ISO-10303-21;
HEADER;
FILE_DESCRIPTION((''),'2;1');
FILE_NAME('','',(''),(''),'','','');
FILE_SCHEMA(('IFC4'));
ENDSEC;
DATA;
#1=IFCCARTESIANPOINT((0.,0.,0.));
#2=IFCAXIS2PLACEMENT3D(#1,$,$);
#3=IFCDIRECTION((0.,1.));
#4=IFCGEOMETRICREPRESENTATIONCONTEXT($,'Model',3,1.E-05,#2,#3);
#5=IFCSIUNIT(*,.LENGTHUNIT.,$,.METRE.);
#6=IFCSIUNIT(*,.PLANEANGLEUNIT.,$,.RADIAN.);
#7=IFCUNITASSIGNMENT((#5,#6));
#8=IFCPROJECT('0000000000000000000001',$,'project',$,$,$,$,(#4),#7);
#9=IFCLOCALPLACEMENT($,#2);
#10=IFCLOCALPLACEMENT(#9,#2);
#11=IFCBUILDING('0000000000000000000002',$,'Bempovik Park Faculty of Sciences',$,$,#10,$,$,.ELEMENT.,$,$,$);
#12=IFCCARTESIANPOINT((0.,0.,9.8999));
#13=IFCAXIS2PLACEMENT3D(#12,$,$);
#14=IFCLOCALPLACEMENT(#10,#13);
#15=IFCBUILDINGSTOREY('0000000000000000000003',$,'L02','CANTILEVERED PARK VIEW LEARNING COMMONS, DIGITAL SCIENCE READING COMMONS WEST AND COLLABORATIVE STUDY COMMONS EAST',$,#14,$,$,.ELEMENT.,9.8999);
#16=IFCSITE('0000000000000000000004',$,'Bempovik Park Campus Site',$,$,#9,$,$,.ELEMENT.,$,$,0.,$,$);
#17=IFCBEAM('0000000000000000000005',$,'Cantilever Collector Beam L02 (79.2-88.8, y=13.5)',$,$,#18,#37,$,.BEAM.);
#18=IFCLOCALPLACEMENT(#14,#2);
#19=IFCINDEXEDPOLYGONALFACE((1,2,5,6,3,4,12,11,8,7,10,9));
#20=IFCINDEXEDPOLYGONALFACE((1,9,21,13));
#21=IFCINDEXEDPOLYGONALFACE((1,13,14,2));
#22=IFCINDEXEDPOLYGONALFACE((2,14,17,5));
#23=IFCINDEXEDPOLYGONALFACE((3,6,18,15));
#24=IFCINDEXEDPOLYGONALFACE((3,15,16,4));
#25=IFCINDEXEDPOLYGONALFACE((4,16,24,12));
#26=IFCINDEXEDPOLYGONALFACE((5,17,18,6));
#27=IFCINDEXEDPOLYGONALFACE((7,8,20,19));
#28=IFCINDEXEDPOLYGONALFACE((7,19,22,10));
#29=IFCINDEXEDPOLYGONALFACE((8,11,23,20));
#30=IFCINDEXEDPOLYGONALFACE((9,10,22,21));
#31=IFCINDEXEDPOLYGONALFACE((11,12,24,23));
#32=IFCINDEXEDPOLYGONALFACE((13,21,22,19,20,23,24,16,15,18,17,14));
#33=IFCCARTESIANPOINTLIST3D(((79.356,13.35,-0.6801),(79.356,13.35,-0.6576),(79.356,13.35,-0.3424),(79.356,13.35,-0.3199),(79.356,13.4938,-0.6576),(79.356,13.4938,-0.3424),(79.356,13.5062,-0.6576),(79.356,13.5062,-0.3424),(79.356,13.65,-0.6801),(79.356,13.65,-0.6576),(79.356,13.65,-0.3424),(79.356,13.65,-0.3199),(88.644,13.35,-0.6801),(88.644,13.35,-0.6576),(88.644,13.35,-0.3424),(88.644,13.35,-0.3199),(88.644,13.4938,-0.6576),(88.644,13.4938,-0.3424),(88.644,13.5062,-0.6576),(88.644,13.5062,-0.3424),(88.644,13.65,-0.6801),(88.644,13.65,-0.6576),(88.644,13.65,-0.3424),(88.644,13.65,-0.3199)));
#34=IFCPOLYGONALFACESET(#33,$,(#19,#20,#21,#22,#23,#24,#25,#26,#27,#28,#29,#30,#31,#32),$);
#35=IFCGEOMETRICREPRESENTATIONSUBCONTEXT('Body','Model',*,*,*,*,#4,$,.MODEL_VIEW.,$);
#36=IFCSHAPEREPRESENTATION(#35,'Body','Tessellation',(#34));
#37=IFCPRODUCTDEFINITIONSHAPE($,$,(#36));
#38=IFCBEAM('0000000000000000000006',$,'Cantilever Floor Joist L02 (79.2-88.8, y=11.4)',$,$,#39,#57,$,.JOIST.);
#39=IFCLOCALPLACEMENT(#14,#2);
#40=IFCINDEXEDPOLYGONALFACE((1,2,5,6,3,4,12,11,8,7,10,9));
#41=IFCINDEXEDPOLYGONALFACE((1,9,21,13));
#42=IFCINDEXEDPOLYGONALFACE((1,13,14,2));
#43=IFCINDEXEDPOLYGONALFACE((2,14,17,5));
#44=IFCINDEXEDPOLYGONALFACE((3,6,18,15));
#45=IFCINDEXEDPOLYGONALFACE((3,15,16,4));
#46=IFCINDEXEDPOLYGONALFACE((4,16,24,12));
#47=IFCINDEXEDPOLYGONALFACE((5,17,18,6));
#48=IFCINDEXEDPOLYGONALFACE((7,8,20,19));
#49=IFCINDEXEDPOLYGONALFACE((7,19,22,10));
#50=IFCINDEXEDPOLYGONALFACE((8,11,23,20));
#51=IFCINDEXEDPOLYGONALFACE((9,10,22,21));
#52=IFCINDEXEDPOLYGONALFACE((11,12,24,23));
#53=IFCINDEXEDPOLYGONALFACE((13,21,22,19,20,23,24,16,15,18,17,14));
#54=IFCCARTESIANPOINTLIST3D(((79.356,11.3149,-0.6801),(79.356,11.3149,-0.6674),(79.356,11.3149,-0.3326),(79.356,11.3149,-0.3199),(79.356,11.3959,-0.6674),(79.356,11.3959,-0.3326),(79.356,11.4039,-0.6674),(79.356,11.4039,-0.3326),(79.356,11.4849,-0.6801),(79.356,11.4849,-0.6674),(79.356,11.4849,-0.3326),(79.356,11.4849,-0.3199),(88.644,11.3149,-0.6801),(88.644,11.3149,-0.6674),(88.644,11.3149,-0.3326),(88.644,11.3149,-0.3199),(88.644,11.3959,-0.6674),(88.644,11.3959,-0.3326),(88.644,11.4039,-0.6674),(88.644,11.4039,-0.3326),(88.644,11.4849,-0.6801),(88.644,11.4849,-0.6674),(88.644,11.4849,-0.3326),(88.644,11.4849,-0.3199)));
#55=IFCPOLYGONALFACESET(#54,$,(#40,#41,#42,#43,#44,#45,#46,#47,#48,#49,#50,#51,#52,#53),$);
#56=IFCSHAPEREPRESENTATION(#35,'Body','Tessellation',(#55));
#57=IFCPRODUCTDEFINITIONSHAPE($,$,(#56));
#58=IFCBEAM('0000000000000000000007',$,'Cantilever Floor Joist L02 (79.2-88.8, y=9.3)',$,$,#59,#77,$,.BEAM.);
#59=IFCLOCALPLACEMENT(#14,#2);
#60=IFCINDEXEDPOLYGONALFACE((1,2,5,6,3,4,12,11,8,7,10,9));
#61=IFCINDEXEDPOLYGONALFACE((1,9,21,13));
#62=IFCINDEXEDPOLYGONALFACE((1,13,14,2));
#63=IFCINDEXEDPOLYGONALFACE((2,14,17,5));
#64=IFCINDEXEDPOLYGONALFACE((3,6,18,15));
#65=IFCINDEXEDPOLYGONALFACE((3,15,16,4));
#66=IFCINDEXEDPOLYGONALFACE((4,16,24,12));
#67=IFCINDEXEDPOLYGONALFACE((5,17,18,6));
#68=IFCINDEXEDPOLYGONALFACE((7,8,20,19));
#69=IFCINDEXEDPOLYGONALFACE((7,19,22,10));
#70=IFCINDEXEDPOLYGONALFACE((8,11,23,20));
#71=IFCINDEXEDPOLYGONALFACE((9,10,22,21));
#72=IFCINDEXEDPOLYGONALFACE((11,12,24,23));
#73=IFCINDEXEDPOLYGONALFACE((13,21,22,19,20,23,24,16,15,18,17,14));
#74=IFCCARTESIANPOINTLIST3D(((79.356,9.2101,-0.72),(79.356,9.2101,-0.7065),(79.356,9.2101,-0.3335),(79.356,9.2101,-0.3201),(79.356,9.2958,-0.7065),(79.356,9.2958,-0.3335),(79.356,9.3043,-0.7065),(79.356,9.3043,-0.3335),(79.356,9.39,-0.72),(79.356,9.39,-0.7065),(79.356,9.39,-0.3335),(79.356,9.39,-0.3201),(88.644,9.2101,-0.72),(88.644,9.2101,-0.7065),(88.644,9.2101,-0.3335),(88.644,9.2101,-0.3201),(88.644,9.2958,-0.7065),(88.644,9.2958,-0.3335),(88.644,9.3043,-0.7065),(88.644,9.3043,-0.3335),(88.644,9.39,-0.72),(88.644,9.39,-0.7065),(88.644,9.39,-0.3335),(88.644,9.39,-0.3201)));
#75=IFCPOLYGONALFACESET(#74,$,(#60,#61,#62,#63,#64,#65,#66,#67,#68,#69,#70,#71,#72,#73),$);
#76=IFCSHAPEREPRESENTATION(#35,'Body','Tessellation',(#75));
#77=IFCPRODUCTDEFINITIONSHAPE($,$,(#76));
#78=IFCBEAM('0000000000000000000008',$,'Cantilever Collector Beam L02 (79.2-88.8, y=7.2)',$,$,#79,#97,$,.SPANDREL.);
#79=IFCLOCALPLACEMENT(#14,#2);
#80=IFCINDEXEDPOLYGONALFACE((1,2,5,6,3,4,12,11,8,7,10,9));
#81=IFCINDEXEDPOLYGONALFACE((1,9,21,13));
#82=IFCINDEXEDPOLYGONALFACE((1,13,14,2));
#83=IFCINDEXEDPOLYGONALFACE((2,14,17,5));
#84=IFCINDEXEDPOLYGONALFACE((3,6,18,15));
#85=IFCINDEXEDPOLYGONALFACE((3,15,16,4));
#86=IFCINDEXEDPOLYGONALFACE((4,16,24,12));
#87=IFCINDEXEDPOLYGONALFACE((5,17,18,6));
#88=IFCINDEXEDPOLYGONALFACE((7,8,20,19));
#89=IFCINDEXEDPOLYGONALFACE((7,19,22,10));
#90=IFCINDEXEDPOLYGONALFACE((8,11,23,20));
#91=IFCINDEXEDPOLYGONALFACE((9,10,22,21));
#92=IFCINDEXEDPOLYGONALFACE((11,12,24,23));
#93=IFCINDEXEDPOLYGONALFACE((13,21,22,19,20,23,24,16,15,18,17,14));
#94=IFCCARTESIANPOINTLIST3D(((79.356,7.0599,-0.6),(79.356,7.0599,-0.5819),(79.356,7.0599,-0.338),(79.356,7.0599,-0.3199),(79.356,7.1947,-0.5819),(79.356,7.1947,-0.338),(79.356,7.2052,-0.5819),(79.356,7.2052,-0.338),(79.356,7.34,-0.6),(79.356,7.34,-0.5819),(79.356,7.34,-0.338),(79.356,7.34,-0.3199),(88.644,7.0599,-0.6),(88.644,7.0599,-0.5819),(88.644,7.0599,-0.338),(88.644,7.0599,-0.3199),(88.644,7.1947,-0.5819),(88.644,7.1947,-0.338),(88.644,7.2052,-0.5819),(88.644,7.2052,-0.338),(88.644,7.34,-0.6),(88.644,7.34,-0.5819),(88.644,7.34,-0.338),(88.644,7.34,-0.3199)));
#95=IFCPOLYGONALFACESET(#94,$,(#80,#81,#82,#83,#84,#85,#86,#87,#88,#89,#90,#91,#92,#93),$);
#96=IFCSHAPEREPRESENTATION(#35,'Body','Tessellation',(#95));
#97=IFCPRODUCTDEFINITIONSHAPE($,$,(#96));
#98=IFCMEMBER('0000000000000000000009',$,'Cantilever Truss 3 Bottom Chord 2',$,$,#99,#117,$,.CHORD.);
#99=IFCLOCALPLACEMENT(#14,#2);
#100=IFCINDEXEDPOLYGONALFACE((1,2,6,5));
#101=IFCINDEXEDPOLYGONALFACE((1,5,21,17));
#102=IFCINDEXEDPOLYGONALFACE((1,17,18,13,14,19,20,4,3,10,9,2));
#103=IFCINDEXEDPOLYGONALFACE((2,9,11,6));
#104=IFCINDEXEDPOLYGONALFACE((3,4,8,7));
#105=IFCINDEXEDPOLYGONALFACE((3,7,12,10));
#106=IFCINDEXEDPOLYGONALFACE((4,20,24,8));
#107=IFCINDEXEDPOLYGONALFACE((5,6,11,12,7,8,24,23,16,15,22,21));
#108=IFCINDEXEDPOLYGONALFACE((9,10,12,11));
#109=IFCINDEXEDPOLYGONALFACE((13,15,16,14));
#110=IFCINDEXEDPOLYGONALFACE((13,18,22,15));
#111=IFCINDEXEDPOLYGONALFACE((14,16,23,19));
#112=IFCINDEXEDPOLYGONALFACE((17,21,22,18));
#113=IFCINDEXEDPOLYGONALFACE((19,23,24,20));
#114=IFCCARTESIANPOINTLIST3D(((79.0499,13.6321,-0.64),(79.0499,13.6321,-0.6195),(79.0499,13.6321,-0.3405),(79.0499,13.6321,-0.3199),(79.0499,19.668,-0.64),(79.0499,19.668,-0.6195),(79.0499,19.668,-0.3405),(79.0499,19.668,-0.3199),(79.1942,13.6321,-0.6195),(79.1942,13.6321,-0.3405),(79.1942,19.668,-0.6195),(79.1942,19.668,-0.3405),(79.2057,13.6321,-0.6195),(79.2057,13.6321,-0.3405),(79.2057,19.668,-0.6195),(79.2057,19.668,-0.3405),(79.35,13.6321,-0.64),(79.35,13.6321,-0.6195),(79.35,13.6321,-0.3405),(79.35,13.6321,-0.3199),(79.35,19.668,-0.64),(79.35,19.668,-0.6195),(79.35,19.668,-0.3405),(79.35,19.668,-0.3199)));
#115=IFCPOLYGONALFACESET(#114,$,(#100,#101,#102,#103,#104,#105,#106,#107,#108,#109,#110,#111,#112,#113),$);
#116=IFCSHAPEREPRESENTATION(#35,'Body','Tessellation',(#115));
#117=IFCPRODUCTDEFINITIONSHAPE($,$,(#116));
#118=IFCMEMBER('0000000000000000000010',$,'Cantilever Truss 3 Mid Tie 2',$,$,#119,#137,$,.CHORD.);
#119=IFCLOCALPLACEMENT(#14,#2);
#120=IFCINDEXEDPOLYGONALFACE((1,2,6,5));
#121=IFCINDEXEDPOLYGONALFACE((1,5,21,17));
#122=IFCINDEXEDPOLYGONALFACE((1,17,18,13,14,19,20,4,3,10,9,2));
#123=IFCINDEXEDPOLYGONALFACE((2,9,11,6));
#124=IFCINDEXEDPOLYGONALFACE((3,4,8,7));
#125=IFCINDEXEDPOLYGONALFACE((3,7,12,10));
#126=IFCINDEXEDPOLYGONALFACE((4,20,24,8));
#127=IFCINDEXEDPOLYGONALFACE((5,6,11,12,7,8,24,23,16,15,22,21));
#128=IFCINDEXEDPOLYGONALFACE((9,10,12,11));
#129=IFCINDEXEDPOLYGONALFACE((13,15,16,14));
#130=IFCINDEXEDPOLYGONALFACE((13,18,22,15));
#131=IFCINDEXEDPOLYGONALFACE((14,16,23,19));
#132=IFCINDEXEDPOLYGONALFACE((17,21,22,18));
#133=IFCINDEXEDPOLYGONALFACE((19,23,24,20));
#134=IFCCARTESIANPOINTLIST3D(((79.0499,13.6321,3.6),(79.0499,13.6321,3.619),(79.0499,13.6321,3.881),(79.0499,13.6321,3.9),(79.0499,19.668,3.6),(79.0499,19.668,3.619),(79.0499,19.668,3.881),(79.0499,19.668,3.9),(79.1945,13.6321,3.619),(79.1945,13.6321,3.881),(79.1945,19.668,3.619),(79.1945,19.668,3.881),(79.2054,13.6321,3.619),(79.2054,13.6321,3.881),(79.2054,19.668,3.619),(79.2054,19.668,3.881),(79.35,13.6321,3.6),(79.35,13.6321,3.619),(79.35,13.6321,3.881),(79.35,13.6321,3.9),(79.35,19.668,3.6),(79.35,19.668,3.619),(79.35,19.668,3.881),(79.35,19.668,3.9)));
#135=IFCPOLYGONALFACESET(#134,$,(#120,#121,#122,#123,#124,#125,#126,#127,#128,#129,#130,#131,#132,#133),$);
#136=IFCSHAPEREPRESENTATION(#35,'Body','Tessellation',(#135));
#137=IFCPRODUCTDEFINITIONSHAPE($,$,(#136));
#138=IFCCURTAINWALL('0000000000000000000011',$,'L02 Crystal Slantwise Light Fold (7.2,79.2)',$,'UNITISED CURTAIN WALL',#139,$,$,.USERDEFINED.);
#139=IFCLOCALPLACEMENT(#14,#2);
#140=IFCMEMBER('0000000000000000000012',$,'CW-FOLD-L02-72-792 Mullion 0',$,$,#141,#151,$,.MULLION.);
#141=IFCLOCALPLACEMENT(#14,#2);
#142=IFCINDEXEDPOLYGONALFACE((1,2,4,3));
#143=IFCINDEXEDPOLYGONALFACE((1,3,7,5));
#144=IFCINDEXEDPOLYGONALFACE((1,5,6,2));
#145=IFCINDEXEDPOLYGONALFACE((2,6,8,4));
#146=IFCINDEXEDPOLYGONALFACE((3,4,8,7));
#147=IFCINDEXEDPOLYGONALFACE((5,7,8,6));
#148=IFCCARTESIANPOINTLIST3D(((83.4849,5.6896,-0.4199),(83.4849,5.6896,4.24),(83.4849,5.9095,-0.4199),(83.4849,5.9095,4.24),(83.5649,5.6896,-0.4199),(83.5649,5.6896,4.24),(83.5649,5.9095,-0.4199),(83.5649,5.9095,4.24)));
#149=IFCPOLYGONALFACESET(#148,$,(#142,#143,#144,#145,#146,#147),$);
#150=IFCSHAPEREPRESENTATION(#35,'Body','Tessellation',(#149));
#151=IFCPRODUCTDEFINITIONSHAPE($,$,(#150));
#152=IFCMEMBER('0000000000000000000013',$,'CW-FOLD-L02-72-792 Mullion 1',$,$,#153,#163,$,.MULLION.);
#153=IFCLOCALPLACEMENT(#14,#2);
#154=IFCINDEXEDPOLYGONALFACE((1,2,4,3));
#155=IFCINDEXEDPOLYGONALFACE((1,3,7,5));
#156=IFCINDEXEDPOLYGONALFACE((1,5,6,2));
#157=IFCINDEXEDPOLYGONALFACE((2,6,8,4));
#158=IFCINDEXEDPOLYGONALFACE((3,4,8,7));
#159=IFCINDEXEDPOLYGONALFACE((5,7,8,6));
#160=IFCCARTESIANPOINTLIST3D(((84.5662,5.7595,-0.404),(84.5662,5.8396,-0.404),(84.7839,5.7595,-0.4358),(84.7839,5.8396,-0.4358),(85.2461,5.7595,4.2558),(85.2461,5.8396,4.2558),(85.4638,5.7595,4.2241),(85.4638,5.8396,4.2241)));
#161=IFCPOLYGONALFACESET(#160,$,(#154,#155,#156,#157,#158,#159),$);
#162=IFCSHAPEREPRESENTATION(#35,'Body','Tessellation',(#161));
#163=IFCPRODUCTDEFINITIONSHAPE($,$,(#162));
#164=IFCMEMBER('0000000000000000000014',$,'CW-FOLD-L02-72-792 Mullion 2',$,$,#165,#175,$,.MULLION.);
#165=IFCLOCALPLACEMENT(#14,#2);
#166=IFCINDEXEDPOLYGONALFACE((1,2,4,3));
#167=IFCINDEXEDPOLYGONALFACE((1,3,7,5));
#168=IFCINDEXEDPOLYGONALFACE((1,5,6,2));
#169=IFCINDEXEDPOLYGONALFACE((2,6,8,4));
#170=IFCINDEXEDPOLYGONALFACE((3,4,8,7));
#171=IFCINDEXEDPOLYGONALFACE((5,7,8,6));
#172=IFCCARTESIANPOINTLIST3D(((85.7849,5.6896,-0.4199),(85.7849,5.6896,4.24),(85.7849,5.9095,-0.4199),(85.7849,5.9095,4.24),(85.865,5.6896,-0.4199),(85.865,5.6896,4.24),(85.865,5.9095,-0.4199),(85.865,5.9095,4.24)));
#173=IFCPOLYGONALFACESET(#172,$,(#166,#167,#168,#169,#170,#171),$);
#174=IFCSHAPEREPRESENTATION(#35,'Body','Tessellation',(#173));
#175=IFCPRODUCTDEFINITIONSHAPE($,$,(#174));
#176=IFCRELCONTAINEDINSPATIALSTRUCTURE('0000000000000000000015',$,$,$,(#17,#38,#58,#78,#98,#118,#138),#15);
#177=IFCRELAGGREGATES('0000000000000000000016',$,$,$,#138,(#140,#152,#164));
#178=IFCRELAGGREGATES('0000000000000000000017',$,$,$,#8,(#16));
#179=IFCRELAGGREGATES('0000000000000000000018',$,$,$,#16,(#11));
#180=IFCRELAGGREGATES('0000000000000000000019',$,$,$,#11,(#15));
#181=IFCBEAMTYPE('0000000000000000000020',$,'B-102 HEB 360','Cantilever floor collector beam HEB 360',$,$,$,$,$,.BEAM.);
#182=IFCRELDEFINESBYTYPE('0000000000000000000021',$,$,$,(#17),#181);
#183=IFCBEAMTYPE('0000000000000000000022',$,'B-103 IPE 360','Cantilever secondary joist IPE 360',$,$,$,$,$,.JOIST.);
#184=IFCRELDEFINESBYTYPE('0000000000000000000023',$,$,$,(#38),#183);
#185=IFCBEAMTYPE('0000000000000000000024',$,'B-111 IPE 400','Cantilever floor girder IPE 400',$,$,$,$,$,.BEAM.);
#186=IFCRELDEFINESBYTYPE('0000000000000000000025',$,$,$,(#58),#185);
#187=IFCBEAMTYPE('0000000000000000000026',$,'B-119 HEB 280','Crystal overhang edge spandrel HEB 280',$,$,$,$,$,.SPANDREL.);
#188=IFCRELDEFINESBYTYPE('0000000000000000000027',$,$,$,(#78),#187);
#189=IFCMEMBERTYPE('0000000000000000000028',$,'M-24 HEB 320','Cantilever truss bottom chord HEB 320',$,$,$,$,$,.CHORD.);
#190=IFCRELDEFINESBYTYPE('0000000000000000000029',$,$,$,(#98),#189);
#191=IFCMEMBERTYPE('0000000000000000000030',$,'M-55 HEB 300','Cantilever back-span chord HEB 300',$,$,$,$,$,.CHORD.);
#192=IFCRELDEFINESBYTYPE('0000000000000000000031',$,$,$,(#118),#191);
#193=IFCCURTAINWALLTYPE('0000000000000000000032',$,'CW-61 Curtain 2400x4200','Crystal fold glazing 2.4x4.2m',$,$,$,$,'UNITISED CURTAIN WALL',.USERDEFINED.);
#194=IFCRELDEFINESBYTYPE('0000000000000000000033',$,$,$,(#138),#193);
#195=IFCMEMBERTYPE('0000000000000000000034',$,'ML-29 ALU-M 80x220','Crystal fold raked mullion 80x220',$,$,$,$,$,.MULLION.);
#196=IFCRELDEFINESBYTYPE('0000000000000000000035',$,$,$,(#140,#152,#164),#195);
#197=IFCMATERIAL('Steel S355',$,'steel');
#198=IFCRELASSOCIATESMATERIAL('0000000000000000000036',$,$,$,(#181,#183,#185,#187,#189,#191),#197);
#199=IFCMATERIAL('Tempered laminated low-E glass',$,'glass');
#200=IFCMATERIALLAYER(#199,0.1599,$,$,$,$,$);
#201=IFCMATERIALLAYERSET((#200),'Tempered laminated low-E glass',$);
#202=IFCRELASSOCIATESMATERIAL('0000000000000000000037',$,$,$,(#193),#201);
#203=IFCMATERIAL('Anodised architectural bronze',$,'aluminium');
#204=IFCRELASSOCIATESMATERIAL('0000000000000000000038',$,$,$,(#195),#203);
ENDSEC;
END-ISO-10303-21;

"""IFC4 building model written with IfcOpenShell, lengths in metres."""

from ifc_helpers import new_model, si_unit, direction, frame, origin, origin_2d, place, context, subcontext, project, spatial, rectangle, i_section, extrude, material, layer, layer_set, material_profile, profile_set, type_object, element, aggregate, save


model = new_model("IFC4")

# Units and contexts
model_context = context("Model", 3, precision=1e-05, world=origin(), true_north=direction((0.0, 1.0)))
body_context = subcontext(model_context, "Body", "Model", "MODEL_VIEW")
ifc_project = project(units=[si_unit("LENGTHUNIT", "METRE"), si_unit("PLANEANGLEUNIT", "RADIAN")], contexts=[model_context])

# Site, building, storey
site_placement = place(None, origin())
site = spatial("IfcSite", under=ifc_project, at=site_placement, Name="Bempovik Park Campus Site", CompositionType="ELEMENT", RefElevation=0.0)
building_placement = place(site_placement, origin())
building = spatial("IfcBuilding", under=site, at=building_placement, Name="Bempovik Park Faculty of Sciences", CompositionType="ELEMENT")
storey_placement = place(building_placement, frame((0.0, 0.0, 9.8999)))
storey = spatial("IfcBuildingStorey", under=building, at=storey_placement, Name="L02", Description="CANTILEVERED PARK VIEW LEARNING COMMONS, DIGITAL SCIENCE READING COMMONS WEST AND COLLABORATIVE STUDY COMMONS EAST", CompositionType="ELEMENT", Elevation=9.8999)

# Beams
ifc_material_1 = material(Name="Steel S355", Category="steel")
ifc_material_profile_1 = material_profile(ifc_material_1, i_section(OverallWidth=0.3, OverallDepth=0.3601, WebThickness=0.0125, FlangeThickness=0.0225, at=origin_2d()), Name="HEB 360")
ifc_profile_set_1 = profile_set([ifc_material_profile_1], Name="Steel S355")
beam_type_1 = type_object("IfcBeamType", Name="B-102 HEB 360", Description="Cantilever floor collector beam HEB 360", PredefinedType="BEAM", material=ifc_profile_set_1)
beam_1_placement = place(storey_placement, frame((79.356, 13.5, -0.5), z_axis=(1.0, 0.0, 0.0), x_axis=(0.0, 1.0, 0.0)))
element("IfcBeam", 1, at=beam_1_placement, inside=storey, type_object=beam_type_1, Name="Cantilever Collector Beam L02 (79.2-88.8, y=13.5)", PredefinedType="BEAM", context=body_context, shape_type="SweptSolid", body=[
    extrude(i_section(OverallWidth=0.3, OverallDepth=0.3601, WebThickness=0.0125, FlangeThickness=0.0225, at=origin_2d()), origin(), (0.0, 0.0, 1.0), 9.2881),
])
ifc_material_profile_2 = material_profile(ifc_material_1, i_section(OverallWidth=0.1699, OverallDepth=0.3601, WebThickness=0.0081, FlangeThickness=0.0127, at=origin_2d()), Name="IPE 360")
ifc_profile_set_2 = profile_set([ifc_material_profile_2], Name="Steel S355")
beam_type_2 = type_object("IfcBeamType", Name="B-103 IPE 360", Description="Cantilever secondary joist IPE 360", PredefinedType="JOIST", material=ifc_profile_set_2)
beam_2_placement = place(storey_placement, frame((79.356, 11.3999, -0.5), z_axis=(1.0, 0.0, 0.0), x_axis=(0.0, 1.0, 0.0)))
element("IfcBeam", 2, at=beam_2_placement, inside=storey, type_object=beam_type_2, Name="Cantilever Floor Joist L02 (79.2-88.8, y=11.4)", PredefinedType="JOIST", context=body_context, shape_type="SweptSolid", body=[
    extrude(i_section(OverallWidth=0.1699, OverallDepth=0.3601, WebThickness=0.0081, FlangeThickness=0.0127, at=origin_2d()), origin(), (0.0, 0.0, 1.0), 9.2881),
])
ifc_material_profile_3 = material_profile(ifc_material_1, i_section(OverallWidth=0.1799, OverallDepth=0.3999, WebThickness=0.0085, FlangeThickness=0.0134, at=origin_2d()), Name="IPE 400")
ifc_profile_set_3 = profile_set([ifc_material_profile_3], Name="Steel S355")
beam_type_3 = type_object("IfcBeamType", Name="B-111 IPE 400", Description="Cantilever floor girder IPE 400", PredefinedType="BEAM", material=ifc_profile_set_3)
beam_3_placement = place(storey_placement, frame((79.356, 9.3, -0.52), z_axis=(1.0, 0.0, 0.0), x_axis=(0.0, 1.0, 0.0)))
element("IfcBeam", 3, at=beam_3_placement, inside=storey, type_object=beam_type_3, Name="Cantilever Floor Joist L02 (79.2-88.8, y=9.3)", PredefinedType="BEAM", context=body_context, shape_type="SweptSolid", body=[
    extrude(i_section(OverallWidth=0.1799, OverallDepth=0.3999, WebThickness=0.0085, FlangeThickness=0.0134, at=origin_2d()), origin(), (0.0, 0.0, 1.0), 9.2881),
])
ifc_material_profile_4 = material_profile(ifc_material_1, i_section(OverallWidth=0.28, OverallDepth=0.28, WebThickness=0.0105, FlangeThickness=0.0181, at=origin_2d()), Name="HEB 280")
ifc_profile_set_4 = profile_set([ifc_material_profile_4], Name="Steel S355")
beam_type_4 = type_object("IfcBeamType", Name="B-119 HEB 280", Description="Crystal overhang edge spandrel HEB 280", PredefinedType="SPANDREL", material=ifc_profile_set_4)
beam_4_placement = place(storey_placement, frame((79.356, 7.2, -0.46), z_axis=(1.0, 0.0, 0.0), x_axis=(0.0, 1.0, 0.0)))
element("IfcBeam", 4, at=beam_4_placement, inside=storey, type_object=beam_type_4, Name="Cantilever Collector Beam L02 (79.2-88.8, y=7.2)", PredefinedType="SPANDREL", context=body_context, shape_type="SweptSolid", body=[
    extrude(i_section(OverallWidth=0.28, OverallDepth=0.28, WebThickness=0.0105, FlangeThickness=0.0181, at=origin_2d()), origin(), (0.0, 0.0, 1.0), 9.2881),
])

# Members
ifc_material_profile_5 = material_profile(ifc_material_1, i_section(OverallWidth=0.3, OverallDepth=0.3201, WebThickness=0.0115, FlangeThickness=0.0205, at=origin_2d()), Name="HEB 320")
ifc_profile_set_5 = profile_set([ifc_material_profile_5], Name="Steel S355")
member_type_1 = type_object("IfcMemberType", Name="M-24 HEB 320", Description="Cantilever truss bottom chord HEB 320", PredefinedType="CHORD", material=ifc_profile_set_5)
member_1_placement = place(storey_placement, frame((79.2, 13.6321, -0.48), z_axis=(0.0, 1.0, 0.0), x_axis=(-1.0, 0.0, 0.0)))
element("IfcMember", 5, at=member_1_placement, inside=storey, type_object=member_type_1, Name="Cantilever Truss 3 Bottom Chord 2", PredefinedType="CHORD", context=body_context, shape_type="SweptSolid", body=[
    extrude(i_section(OverallWidth=0.3, OverallDepth=0.3201, WebThickness=0.0115, FlangeThickness=0.0205, at=origin_2d()), origin(), (0.0, 0.0, 1.0), 6.0359),
])
ifc_material_profile_6 = material_profile(ifc_material_1, i_section(OverallWidth=0.3, OverallDepth=0.3, WebThickness=0.011, FlangeThickness=0.019, at=origin_2d()), Name="HEB 300")
ifc_profile_set_6 = profile_set([ifc_material_profile_6], Name="Steel S355")
member_type_2 = type_object("IfcMemberType", Name="M-55 HEB 300", Description="Cantilever back-span chord HEB 300", PredefinedType="CHORD", material=ifc_profile_set_6)
member_2_placement = place(storey_placement, frame((79.2, 13.6321, 3.75), z_axis=(0.0, 1.0, 0.0), x_axis=(-1.0, 0.0, 0.0)))
element("IfcMember", 6, at=member_2_placement, inside=storey, type_object=member_type_2, Name="Cantilever Truss 3 Mid Tie 2", PredefinedType="CHORD", context=body_context, shape_type="SweptSolid", body=[
    extrude(i_section(OverallWidth=0.3, OverallDepth=0.3, WebThickness=0.011, FlangeThickness=0.019, at=origin_2d()), origin(), (0.0, 0.0, 1.0), 6.0359),
])

# Curtain wall, members
ifc_material_2 = material(Name="Tempered laminated low-E glass", Category="glass")
ifc_layer_1 = layer(ifc_material_2, 0.1599)
ifc_layer_set_1 = layer_set([ifc_layer_1], Name="Tempered laminated low-E glass")
curtain_wall_type = type_object("IfcCurtainWallType", Name="CW-61 Curtain 2400x4200", Description="Crystal fold glazing 2.4x4.2m", ElementType="UNITISED CURTAIN WALL", PredefinedType="USERDEFINED", material=ifc_layer_set_1)
curtain_wall_placement = place(storey_placement, origin())
curtain_wall = element("IfcCurtainWall", 7, at=curtain_wall_placement, inside=storey, type_object=curtain_wall_type, Name="L02 Crystal Slantwise Light Fold (7.2,79.2)", ObjectType="UNITISED CURTAIN WALL", PredefinedType="USERDEFINED")
ifc_material_3 = material(Name="Anodised architectural bronze", Category="aluminium")
ifc_material_profile_7 = material_profile(ifc_material_3, rectangle(XDim=0.0801, YDim=0.22, at=origin_2d()), Name="ALU-M 80x220")
ifc_profile_set_7 = profile_set([ifc_material_profile_7], Name="Anodised architectural bronze")
member_type_3 = type_object("IfcMemberType", Name="ML-29 ALU-M 80x220", Description="Crystal fold raked mullion 80x220", PredefinedType="MULLION", material=ifc_profile_set_7)
member_3_placement = place(storey_placement, frame((83.5249, 5.7996, -0.4199), z_axis=(0.0, 0.0, 1.0), x_axis=(1.0, 0.0, 0.0)))
member_3 = element("IfcMember", 8, at=member_3_placement, type_object=member_type_3, Name="CW-FOLD-L02-72-792 Mullion 0", PredefinedType="MULLION", context=body_context, shape_type="SweptSolid", body=[
    extrude(rectangle(XDim=0.0801, YDim=0.22, at=origin_2d()), origin(), (0.0, 0.0, 1.0), 4.6599),
])
member_4_placement = place(storey_placement, frame((84.675, 5.7996, -0.4199), z_axis=(0.144382, 0.0, 0.989522), x_axis=(0.0, 1.0, 0.0)))
member_4 = element("IfcMember", 9, at=member_4_placement, type_object=member_type_3, Name="CW-FOLD-L02-72-792 Mullion 1", PredefinedType="MULLION", context=body_context, shape_type="SweptSolid", body=[
    extrude(rectangle(XDim=0.0801, YDim=0.22, at=origin_2d()), origin(), (0.0, 0.0, 1.0), 4.7092),
])
member_5_placement = place(storey_placement, frame((85.825, 5.7996, -0.4199), z_axis=(0.0, 0.0, 1.0), x_axis=(1.0, 0.0, 0.0)))
member_5 = element("IfcMember", 10, at=member_5_placement, type_object=member_type_3, Name="CW-FOLD-L02-72-792 Mullion 2", PredefinedType="MULLION", context=body_context, shape_type="SweptSolid", body=[
    extrude(rectangle(XDim=0.0801, YDim=0.22, at=origin_2d()), origin(), (0.0, 0.0, 1.0), 4.6599),
])
aggregate(curtain_wall, [member_3, member_4, member_5])

save(model, "model.ifc")
